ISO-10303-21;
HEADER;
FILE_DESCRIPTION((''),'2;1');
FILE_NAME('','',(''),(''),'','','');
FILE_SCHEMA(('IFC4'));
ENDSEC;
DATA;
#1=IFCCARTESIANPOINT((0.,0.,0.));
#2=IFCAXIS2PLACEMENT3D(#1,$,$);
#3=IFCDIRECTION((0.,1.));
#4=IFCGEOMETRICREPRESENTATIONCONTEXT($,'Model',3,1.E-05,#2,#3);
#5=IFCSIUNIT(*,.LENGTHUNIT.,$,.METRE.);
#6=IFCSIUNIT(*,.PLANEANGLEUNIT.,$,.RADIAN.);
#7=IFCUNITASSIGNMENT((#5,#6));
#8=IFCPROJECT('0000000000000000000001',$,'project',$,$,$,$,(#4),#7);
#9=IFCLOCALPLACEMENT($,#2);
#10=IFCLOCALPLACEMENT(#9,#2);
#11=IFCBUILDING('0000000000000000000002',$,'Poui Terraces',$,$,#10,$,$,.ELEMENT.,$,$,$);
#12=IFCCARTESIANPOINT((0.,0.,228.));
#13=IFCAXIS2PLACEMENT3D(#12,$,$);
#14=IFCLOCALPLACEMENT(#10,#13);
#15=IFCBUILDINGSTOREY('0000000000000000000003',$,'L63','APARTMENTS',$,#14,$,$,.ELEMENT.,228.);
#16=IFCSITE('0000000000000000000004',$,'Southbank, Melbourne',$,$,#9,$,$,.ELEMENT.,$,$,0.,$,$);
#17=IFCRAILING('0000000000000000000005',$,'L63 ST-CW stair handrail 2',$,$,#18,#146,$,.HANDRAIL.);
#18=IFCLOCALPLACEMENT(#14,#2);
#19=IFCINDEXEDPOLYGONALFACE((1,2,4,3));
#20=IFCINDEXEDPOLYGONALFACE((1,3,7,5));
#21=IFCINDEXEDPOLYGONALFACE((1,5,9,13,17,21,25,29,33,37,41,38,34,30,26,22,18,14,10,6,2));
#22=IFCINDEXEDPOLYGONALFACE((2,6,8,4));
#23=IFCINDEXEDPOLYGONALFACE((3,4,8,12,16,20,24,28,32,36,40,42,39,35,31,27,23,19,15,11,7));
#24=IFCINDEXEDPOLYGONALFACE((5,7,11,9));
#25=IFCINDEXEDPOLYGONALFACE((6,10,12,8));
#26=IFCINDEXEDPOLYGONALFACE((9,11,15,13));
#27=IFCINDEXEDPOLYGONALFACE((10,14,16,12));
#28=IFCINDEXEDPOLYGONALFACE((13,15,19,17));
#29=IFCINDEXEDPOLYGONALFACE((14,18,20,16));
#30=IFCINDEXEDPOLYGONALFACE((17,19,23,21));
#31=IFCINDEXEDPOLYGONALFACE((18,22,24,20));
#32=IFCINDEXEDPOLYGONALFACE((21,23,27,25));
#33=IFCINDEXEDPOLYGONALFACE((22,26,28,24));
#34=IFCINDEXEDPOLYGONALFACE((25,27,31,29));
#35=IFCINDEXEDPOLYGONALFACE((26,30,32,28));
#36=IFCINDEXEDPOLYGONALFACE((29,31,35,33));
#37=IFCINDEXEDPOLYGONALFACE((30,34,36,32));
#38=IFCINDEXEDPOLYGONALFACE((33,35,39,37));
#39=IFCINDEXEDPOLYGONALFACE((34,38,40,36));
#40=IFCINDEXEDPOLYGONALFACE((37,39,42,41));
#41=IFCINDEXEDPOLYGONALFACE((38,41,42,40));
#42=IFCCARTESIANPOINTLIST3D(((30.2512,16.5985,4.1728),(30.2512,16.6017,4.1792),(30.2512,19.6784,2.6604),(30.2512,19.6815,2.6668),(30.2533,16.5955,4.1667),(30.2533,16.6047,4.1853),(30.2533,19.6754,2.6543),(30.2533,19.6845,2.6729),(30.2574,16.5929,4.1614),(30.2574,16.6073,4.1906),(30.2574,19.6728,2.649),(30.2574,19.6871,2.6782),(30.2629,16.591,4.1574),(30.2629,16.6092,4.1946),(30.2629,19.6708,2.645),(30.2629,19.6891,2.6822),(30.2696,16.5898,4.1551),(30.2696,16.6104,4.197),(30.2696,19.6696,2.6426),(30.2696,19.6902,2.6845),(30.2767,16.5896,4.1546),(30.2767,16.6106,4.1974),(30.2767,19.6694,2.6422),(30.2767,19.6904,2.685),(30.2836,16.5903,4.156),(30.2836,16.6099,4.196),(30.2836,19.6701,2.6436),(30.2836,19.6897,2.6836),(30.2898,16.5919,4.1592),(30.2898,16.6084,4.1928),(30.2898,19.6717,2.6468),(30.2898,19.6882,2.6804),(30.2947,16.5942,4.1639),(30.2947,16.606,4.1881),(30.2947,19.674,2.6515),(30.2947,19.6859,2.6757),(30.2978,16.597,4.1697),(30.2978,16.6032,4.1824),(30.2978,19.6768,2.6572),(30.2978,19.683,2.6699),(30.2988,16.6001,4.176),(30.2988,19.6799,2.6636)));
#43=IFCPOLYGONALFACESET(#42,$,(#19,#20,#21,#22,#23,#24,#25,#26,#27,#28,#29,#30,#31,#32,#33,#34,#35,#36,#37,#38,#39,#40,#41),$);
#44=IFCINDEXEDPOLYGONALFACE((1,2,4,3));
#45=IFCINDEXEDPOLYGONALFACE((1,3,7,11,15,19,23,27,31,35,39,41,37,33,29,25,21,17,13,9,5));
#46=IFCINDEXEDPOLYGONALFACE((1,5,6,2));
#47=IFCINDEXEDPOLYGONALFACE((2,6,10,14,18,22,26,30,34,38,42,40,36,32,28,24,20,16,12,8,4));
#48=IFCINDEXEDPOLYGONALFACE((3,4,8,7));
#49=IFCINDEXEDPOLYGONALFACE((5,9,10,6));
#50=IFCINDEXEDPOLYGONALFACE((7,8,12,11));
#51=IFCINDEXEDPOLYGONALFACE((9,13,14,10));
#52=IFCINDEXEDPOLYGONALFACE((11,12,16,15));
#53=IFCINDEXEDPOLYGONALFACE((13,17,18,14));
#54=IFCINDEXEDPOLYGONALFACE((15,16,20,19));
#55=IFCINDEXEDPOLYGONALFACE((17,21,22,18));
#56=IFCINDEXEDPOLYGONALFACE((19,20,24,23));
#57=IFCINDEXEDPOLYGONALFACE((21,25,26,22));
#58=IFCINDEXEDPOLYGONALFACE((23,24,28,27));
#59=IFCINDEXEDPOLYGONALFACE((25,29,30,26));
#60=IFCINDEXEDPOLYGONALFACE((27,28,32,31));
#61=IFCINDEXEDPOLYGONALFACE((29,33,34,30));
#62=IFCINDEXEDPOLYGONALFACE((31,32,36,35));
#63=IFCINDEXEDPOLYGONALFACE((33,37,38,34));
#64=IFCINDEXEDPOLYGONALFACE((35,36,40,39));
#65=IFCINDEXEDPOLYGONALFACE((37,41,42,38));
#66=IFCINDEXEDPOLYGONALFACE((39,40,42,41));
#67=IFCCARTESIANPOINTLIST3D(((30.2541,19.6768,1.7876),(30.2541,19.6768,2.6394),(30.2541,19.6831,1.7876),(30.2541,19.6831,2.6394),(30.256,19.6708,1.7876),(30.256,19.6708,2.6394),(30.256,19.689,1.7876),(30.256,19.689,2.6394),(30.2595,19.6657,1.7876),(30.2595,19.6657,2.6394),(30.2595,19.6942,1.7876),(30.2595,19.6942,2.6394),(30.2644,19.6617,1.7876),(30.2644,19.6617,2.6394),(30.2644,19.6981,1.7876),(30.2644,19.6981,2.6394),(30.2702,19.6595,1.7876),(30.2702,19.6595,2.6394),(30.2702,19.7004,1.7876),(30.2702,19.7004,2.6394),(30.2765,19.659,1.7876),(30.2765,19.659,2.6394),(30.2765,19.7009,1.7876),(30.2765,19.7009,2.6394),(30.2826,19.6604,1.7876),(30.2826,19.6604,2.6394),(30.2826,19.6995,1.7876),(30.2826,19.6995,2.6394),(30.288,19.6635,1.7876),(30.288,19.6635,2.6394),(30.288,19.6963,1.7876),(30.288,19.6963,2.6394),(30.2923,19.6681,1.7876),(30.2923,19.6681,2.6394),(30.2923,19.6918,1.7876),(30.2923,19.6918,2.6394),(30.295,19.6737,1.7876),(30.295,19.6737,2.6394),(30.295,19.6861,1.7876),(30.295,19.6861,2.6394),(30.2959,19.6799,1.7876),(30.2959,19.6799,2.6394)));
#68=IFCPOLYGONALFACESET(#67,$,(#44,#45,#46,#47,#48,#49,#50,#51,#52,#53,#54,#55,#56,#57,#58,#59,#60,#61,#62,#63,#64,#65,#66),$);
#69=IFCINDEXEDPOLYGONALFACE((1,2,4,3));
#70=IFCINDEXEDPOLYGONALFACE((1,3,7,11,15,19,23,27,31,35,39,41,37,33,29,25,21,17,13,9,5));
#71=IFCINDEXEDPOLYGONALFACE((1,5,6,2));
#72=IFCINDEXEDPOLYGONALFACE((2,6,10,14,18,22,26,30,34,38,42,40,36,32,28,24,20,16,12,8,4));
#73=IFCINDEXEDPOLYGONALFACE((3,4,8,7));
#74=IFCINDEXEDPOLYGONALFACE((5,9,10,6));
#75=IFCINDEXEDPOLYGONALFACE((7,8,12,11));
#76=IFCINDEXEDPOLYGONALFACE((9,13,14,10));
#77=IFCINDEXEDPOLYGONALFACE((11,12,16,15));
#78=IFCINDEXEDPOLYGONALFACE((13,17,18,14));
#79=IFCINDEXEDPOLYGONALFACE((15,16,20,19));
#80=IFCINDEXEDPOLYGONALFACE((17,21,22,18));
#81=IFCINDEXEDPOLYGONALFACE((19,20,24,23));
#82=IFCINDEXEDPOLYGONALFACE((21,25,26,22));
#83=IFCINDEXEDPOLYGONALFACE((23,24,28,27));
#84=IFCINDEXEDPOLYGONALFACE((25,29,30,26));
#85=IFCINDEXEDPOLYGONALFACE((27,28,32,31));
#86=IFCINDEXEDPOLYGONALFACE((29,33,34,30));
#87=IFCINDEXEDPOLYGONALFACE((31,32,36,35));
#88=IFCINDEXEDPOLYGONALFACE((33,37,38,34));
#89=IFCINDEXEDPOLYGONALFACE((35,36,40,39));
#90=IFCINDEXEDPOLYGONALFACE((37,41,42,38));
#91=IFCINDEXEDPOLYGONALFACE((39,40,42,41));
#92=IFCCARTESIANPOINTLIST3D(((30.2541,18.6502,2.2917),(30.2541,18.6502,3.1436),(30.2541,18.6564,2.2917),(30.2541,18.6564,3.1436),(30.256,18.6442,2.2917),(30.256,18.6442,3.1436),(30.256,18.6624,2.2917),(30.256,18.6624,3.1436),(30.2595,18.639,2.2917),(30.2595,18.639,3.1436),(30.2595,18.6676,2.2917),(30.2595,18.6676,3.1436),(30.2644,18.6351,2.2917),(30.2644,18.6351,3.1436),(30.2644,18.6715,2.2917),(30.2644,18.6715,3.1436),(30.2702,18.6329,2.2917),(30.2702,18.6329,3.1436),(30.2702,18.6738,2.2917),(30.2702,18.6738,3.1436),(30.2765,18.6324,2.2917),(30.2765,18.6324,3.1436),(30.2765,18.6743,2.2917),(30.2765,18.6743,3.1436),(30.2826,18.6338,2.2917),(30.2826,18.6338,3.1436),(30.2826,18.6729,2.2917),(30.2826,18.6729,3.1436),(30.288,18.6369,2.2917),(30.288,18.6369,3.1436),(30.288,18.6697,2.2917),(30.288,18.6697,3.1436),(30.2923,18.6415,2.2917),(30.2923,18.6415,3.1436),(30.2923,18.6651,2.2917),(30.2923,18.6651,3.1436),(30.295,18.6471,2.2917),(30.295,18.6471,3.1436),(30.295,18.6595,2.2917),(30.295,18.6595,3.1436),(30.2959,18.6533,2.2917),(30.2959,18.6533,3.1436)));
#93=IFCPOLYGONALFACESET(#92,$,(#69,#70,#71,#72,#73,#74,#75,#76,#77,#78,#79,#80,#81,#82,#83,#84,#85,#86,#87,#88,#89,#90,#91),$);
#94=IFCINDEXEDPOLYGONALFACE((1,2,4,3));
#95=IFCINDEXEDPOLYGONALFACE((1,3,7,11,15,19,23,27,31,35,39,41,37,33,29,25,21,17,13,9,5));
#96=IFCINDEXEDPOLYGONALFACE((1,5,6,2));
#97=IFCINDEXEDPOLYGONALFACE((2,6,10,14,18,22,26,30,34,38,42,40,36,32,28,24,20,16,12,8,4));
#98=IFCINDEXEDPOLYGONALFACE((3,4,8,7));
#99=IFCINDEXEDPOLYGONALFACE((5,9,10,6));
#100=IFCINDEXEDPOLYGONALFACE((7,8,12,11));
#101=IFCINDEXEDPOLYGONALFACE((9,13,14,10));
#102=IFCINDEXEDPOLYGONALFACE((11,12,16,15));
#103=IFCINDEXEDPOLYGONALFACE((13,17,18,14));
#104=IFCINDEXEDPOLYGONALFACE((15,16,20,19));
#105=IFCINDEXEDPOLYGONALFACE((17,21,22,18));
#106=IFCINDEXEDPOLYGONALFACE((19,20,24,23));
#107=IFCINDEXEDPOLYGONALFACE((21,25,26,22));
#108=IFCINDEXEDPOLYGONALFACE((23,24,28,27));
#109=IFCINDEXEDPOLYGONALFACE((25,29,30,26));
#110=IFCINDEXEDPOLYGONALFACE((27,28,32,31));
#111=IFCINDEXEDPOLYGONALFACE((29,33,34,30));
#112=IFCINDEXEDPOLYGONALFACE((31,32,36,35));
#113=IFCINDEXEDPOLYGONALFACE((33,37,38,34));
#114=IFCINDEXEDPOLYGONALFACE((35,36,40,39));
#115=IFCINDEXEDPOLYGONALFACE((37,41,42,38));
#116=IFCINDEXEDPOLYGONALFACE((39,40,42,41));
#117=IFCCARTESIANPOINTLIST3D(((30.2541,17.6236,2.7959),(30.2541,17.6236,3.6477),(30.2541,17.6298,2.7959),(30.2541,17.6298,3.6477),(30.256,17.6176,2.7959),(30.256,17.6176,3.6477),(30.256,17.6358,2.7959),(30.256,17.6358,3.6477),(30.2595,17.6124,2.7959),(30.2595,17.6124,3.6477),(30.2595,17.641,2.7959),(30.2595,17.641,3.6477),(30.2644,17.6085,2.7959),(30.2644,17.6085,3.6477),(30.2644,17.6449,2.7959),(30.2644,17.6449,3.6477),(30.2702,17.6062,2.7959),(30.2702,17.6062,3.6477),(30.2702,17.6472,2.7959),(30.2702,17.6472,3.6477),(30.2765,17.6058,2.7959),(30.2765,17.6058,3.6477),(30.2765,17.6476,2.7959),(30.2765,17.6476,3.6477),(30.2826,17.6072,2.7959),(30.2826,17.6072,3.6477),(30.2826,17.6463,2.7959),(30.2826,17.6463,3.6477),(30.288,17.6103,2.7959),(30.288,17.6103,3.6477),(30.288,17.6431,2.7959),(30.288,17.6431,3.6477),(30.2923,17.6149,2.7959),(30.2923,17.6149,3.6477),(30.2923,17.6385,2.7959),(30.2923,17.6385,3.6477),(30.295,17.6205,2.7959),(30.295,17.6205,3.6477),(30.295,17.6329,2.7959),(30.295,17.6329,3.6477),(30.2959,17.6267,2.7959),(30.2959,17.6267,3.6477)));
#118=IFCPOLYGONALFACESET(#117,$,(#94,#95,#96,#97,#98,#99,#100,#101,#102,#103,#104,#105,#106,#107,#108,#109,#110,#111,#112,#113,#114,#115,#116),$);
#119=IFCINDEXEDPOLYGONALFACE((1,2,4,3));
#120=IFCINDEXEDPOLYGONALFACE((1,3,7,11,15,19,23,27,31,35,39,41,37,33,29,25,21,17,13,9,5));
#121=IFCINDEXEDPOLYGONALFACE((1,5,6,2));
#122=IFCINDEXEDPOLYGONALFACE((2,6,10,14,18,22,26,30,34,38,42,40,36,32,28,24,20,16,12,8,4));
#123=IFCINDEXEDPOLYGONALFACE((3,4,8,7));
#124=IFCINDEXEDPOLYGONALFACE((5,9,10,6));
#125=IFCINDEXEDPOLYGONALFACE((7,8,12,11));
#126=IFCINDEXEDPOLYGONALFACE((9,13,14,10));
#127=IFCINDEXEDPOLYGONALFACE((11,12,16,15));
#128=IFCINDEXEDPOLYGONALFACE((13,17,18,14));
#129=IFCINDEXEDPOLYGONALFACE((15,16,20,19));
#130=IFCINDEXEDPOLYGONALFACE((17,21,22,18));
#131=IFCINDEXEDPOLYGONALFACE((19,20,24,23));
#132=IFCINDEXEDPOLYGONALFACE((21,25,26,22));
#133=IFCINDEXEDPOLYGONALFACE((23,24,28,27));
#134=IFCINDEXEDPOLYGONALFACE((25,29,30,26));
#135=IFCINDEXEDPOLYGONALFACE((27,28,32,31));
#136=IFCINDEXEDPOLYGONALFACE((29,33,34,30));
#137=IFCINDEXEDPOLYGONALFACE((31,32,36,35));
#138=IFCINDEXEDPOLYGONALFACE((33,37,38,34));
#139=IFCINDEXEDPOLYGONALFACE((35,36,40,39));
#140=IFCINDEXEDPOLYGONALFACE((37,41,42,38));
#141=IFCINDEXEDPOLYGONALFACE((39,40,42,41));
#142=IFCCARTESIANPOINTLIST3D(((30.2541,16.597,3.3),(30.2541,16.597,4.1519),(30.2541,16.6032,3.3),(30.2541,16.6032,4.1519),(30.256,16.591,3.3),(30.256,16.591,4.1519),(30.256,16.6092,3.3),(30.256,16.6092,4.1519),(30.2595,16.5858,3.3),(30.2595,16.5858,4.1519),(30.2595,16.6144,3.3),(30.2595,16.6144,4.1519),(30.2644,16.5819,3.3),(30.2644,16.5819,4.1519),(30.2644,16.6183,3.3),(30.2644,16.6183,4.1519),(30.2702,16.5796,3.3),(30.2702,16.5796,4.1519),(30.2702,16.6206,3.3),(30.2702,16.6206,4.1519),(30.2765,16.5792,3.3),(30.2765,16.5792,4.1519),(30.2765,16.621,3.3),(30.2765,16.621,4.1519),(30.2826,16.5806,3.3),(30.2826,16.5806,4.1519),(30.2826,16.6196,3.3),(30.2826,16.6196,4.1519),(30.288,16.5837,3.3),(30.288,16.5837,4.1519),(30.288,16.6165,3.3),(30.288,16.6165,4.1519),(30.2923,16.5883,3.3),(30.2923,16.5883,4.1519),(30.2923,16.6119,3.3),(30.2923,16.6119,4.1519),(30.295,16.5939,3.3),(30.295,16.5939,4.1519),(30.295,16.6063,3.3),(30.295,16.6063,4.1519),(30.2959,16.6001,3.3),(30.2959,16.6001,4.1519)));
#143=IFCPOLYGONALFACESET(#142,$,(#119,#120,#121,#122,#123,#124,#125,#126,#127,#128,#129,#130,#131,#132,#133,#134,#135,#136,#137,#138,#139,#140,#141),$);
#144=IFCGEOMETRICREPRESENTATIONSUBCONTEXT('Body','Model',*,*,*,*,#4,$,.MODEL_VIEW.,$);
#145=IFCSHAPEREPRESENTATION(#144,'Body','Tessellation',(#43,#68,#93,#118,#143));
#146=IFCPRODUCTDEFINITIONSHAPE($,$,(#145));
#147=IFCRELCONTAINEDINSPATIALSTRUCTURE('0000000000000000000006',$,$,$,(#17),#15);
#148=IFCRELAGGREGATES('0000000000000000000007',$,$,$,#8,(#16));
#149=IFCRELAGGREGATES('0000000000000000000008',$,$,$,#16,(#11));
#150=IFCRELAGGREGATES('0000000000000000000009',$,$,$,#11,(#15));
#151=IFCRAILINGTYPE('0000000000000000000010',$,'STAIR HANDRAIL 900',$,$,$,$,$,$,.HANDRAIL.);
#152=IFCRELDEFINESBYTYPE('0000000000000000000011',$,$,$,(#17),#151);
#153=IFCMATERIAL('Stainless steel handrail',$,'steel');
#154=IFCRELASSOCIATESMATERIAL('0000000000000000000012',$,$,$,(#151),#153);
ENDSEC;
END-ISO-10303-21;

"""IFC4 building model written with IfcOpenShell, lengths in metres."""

from ifc_helpers import new_model, si_unit, direction, frame, origin, origin_2d, place, context, subcontext, project, spatial, circle, extrude, material, type_object, element, save


model = new_model("IFC4")

# Units and contexts
model_context = context("Model", 3, precision=1e-05, world=origin(), true_north=direction((0.0, 1.0)))
body_context = subcontext(model_context, "Body", "Model", "MODEL_VIEW")
ifc_project = project(units=[si_unit("LENGTHUNIT", "METRE"), si_unit("PLANEANGLEUNIT", "RADIAN")], contexts=[model_context])

# Site, building, storey
site_placement = place(None, origin())
site = spatial("IfcSite", under=ifc_project, at=site_placement, Name="Southbank, Melbourne", CompositionType="ELEMENT", RefElevation=0.0)
building_placement = place(site_placement, origin())
building = spatial("IfcBuilding", under=site, at=building_placement, Name="Poui Terraces", CompositionType="ELEMENT")
storey_placement = place(building_placement, frame((0.0, 0.0, 228.0)))
storey = spatial("IfcBuildingStorey", under=building, at=storey_placement, Name="L63", Description="APARTMENTS", CompositionType="ELEMENT", Elevation=228.0)

# Railing
ifc_material_1 = material(Name="Stainless steel handrail", Category="steel")
railing_type_1 = type_object("IfcRailingType", Name="STAIR HANDRAIL 900", PredefinedType="HANDRAIL", material=ifc_material_1)
railing_1_placement = place(storey_placement, frame((30.2749, 19.6799, 1.7876)))
element("IfcRailing", 1, at=railing_1_placement, inside=storey, type_object=railing_type_1, Name="L63 ST-CW stair handrail 2", PredefinedType="HANDRAIL", context=body_context, shape_type="SweptSolid", body=[
    extrude(circle(Radius=0.0239, at=origin_2d()), frame((0.0, 0.0, 0.876), z_axis=(0.0, -0.897606, 0.440798), x_axis=(1.0, 0.0, 0.0)), (0.0, 0.0, 1.0), 3.4312),
    extrude(circle(Radius=0.021, at=origin_2d()), origin(), (0.0, 0.0, 1.0), 0.8518),
    extrude(circle(Radius=0.021, at=origin_2d()), frame((0.0, -1.0266, 0.5042)), (0.0, 0.0, 1.0), 0.8518),
    extrude(circle(Radius=0.021, at=origin_2d()), frame((0.0, -2.0532, 1.0083)), (0.0, 0.0, 1.0), 0.8518),
    extrude(circle(Radius=0.021, at=origin_2d()), frame((0.0, -3.0798, 1.5125)), (0.0, 0.0, 1.0), 0.8518),
])

save(model, "model.ifc")
